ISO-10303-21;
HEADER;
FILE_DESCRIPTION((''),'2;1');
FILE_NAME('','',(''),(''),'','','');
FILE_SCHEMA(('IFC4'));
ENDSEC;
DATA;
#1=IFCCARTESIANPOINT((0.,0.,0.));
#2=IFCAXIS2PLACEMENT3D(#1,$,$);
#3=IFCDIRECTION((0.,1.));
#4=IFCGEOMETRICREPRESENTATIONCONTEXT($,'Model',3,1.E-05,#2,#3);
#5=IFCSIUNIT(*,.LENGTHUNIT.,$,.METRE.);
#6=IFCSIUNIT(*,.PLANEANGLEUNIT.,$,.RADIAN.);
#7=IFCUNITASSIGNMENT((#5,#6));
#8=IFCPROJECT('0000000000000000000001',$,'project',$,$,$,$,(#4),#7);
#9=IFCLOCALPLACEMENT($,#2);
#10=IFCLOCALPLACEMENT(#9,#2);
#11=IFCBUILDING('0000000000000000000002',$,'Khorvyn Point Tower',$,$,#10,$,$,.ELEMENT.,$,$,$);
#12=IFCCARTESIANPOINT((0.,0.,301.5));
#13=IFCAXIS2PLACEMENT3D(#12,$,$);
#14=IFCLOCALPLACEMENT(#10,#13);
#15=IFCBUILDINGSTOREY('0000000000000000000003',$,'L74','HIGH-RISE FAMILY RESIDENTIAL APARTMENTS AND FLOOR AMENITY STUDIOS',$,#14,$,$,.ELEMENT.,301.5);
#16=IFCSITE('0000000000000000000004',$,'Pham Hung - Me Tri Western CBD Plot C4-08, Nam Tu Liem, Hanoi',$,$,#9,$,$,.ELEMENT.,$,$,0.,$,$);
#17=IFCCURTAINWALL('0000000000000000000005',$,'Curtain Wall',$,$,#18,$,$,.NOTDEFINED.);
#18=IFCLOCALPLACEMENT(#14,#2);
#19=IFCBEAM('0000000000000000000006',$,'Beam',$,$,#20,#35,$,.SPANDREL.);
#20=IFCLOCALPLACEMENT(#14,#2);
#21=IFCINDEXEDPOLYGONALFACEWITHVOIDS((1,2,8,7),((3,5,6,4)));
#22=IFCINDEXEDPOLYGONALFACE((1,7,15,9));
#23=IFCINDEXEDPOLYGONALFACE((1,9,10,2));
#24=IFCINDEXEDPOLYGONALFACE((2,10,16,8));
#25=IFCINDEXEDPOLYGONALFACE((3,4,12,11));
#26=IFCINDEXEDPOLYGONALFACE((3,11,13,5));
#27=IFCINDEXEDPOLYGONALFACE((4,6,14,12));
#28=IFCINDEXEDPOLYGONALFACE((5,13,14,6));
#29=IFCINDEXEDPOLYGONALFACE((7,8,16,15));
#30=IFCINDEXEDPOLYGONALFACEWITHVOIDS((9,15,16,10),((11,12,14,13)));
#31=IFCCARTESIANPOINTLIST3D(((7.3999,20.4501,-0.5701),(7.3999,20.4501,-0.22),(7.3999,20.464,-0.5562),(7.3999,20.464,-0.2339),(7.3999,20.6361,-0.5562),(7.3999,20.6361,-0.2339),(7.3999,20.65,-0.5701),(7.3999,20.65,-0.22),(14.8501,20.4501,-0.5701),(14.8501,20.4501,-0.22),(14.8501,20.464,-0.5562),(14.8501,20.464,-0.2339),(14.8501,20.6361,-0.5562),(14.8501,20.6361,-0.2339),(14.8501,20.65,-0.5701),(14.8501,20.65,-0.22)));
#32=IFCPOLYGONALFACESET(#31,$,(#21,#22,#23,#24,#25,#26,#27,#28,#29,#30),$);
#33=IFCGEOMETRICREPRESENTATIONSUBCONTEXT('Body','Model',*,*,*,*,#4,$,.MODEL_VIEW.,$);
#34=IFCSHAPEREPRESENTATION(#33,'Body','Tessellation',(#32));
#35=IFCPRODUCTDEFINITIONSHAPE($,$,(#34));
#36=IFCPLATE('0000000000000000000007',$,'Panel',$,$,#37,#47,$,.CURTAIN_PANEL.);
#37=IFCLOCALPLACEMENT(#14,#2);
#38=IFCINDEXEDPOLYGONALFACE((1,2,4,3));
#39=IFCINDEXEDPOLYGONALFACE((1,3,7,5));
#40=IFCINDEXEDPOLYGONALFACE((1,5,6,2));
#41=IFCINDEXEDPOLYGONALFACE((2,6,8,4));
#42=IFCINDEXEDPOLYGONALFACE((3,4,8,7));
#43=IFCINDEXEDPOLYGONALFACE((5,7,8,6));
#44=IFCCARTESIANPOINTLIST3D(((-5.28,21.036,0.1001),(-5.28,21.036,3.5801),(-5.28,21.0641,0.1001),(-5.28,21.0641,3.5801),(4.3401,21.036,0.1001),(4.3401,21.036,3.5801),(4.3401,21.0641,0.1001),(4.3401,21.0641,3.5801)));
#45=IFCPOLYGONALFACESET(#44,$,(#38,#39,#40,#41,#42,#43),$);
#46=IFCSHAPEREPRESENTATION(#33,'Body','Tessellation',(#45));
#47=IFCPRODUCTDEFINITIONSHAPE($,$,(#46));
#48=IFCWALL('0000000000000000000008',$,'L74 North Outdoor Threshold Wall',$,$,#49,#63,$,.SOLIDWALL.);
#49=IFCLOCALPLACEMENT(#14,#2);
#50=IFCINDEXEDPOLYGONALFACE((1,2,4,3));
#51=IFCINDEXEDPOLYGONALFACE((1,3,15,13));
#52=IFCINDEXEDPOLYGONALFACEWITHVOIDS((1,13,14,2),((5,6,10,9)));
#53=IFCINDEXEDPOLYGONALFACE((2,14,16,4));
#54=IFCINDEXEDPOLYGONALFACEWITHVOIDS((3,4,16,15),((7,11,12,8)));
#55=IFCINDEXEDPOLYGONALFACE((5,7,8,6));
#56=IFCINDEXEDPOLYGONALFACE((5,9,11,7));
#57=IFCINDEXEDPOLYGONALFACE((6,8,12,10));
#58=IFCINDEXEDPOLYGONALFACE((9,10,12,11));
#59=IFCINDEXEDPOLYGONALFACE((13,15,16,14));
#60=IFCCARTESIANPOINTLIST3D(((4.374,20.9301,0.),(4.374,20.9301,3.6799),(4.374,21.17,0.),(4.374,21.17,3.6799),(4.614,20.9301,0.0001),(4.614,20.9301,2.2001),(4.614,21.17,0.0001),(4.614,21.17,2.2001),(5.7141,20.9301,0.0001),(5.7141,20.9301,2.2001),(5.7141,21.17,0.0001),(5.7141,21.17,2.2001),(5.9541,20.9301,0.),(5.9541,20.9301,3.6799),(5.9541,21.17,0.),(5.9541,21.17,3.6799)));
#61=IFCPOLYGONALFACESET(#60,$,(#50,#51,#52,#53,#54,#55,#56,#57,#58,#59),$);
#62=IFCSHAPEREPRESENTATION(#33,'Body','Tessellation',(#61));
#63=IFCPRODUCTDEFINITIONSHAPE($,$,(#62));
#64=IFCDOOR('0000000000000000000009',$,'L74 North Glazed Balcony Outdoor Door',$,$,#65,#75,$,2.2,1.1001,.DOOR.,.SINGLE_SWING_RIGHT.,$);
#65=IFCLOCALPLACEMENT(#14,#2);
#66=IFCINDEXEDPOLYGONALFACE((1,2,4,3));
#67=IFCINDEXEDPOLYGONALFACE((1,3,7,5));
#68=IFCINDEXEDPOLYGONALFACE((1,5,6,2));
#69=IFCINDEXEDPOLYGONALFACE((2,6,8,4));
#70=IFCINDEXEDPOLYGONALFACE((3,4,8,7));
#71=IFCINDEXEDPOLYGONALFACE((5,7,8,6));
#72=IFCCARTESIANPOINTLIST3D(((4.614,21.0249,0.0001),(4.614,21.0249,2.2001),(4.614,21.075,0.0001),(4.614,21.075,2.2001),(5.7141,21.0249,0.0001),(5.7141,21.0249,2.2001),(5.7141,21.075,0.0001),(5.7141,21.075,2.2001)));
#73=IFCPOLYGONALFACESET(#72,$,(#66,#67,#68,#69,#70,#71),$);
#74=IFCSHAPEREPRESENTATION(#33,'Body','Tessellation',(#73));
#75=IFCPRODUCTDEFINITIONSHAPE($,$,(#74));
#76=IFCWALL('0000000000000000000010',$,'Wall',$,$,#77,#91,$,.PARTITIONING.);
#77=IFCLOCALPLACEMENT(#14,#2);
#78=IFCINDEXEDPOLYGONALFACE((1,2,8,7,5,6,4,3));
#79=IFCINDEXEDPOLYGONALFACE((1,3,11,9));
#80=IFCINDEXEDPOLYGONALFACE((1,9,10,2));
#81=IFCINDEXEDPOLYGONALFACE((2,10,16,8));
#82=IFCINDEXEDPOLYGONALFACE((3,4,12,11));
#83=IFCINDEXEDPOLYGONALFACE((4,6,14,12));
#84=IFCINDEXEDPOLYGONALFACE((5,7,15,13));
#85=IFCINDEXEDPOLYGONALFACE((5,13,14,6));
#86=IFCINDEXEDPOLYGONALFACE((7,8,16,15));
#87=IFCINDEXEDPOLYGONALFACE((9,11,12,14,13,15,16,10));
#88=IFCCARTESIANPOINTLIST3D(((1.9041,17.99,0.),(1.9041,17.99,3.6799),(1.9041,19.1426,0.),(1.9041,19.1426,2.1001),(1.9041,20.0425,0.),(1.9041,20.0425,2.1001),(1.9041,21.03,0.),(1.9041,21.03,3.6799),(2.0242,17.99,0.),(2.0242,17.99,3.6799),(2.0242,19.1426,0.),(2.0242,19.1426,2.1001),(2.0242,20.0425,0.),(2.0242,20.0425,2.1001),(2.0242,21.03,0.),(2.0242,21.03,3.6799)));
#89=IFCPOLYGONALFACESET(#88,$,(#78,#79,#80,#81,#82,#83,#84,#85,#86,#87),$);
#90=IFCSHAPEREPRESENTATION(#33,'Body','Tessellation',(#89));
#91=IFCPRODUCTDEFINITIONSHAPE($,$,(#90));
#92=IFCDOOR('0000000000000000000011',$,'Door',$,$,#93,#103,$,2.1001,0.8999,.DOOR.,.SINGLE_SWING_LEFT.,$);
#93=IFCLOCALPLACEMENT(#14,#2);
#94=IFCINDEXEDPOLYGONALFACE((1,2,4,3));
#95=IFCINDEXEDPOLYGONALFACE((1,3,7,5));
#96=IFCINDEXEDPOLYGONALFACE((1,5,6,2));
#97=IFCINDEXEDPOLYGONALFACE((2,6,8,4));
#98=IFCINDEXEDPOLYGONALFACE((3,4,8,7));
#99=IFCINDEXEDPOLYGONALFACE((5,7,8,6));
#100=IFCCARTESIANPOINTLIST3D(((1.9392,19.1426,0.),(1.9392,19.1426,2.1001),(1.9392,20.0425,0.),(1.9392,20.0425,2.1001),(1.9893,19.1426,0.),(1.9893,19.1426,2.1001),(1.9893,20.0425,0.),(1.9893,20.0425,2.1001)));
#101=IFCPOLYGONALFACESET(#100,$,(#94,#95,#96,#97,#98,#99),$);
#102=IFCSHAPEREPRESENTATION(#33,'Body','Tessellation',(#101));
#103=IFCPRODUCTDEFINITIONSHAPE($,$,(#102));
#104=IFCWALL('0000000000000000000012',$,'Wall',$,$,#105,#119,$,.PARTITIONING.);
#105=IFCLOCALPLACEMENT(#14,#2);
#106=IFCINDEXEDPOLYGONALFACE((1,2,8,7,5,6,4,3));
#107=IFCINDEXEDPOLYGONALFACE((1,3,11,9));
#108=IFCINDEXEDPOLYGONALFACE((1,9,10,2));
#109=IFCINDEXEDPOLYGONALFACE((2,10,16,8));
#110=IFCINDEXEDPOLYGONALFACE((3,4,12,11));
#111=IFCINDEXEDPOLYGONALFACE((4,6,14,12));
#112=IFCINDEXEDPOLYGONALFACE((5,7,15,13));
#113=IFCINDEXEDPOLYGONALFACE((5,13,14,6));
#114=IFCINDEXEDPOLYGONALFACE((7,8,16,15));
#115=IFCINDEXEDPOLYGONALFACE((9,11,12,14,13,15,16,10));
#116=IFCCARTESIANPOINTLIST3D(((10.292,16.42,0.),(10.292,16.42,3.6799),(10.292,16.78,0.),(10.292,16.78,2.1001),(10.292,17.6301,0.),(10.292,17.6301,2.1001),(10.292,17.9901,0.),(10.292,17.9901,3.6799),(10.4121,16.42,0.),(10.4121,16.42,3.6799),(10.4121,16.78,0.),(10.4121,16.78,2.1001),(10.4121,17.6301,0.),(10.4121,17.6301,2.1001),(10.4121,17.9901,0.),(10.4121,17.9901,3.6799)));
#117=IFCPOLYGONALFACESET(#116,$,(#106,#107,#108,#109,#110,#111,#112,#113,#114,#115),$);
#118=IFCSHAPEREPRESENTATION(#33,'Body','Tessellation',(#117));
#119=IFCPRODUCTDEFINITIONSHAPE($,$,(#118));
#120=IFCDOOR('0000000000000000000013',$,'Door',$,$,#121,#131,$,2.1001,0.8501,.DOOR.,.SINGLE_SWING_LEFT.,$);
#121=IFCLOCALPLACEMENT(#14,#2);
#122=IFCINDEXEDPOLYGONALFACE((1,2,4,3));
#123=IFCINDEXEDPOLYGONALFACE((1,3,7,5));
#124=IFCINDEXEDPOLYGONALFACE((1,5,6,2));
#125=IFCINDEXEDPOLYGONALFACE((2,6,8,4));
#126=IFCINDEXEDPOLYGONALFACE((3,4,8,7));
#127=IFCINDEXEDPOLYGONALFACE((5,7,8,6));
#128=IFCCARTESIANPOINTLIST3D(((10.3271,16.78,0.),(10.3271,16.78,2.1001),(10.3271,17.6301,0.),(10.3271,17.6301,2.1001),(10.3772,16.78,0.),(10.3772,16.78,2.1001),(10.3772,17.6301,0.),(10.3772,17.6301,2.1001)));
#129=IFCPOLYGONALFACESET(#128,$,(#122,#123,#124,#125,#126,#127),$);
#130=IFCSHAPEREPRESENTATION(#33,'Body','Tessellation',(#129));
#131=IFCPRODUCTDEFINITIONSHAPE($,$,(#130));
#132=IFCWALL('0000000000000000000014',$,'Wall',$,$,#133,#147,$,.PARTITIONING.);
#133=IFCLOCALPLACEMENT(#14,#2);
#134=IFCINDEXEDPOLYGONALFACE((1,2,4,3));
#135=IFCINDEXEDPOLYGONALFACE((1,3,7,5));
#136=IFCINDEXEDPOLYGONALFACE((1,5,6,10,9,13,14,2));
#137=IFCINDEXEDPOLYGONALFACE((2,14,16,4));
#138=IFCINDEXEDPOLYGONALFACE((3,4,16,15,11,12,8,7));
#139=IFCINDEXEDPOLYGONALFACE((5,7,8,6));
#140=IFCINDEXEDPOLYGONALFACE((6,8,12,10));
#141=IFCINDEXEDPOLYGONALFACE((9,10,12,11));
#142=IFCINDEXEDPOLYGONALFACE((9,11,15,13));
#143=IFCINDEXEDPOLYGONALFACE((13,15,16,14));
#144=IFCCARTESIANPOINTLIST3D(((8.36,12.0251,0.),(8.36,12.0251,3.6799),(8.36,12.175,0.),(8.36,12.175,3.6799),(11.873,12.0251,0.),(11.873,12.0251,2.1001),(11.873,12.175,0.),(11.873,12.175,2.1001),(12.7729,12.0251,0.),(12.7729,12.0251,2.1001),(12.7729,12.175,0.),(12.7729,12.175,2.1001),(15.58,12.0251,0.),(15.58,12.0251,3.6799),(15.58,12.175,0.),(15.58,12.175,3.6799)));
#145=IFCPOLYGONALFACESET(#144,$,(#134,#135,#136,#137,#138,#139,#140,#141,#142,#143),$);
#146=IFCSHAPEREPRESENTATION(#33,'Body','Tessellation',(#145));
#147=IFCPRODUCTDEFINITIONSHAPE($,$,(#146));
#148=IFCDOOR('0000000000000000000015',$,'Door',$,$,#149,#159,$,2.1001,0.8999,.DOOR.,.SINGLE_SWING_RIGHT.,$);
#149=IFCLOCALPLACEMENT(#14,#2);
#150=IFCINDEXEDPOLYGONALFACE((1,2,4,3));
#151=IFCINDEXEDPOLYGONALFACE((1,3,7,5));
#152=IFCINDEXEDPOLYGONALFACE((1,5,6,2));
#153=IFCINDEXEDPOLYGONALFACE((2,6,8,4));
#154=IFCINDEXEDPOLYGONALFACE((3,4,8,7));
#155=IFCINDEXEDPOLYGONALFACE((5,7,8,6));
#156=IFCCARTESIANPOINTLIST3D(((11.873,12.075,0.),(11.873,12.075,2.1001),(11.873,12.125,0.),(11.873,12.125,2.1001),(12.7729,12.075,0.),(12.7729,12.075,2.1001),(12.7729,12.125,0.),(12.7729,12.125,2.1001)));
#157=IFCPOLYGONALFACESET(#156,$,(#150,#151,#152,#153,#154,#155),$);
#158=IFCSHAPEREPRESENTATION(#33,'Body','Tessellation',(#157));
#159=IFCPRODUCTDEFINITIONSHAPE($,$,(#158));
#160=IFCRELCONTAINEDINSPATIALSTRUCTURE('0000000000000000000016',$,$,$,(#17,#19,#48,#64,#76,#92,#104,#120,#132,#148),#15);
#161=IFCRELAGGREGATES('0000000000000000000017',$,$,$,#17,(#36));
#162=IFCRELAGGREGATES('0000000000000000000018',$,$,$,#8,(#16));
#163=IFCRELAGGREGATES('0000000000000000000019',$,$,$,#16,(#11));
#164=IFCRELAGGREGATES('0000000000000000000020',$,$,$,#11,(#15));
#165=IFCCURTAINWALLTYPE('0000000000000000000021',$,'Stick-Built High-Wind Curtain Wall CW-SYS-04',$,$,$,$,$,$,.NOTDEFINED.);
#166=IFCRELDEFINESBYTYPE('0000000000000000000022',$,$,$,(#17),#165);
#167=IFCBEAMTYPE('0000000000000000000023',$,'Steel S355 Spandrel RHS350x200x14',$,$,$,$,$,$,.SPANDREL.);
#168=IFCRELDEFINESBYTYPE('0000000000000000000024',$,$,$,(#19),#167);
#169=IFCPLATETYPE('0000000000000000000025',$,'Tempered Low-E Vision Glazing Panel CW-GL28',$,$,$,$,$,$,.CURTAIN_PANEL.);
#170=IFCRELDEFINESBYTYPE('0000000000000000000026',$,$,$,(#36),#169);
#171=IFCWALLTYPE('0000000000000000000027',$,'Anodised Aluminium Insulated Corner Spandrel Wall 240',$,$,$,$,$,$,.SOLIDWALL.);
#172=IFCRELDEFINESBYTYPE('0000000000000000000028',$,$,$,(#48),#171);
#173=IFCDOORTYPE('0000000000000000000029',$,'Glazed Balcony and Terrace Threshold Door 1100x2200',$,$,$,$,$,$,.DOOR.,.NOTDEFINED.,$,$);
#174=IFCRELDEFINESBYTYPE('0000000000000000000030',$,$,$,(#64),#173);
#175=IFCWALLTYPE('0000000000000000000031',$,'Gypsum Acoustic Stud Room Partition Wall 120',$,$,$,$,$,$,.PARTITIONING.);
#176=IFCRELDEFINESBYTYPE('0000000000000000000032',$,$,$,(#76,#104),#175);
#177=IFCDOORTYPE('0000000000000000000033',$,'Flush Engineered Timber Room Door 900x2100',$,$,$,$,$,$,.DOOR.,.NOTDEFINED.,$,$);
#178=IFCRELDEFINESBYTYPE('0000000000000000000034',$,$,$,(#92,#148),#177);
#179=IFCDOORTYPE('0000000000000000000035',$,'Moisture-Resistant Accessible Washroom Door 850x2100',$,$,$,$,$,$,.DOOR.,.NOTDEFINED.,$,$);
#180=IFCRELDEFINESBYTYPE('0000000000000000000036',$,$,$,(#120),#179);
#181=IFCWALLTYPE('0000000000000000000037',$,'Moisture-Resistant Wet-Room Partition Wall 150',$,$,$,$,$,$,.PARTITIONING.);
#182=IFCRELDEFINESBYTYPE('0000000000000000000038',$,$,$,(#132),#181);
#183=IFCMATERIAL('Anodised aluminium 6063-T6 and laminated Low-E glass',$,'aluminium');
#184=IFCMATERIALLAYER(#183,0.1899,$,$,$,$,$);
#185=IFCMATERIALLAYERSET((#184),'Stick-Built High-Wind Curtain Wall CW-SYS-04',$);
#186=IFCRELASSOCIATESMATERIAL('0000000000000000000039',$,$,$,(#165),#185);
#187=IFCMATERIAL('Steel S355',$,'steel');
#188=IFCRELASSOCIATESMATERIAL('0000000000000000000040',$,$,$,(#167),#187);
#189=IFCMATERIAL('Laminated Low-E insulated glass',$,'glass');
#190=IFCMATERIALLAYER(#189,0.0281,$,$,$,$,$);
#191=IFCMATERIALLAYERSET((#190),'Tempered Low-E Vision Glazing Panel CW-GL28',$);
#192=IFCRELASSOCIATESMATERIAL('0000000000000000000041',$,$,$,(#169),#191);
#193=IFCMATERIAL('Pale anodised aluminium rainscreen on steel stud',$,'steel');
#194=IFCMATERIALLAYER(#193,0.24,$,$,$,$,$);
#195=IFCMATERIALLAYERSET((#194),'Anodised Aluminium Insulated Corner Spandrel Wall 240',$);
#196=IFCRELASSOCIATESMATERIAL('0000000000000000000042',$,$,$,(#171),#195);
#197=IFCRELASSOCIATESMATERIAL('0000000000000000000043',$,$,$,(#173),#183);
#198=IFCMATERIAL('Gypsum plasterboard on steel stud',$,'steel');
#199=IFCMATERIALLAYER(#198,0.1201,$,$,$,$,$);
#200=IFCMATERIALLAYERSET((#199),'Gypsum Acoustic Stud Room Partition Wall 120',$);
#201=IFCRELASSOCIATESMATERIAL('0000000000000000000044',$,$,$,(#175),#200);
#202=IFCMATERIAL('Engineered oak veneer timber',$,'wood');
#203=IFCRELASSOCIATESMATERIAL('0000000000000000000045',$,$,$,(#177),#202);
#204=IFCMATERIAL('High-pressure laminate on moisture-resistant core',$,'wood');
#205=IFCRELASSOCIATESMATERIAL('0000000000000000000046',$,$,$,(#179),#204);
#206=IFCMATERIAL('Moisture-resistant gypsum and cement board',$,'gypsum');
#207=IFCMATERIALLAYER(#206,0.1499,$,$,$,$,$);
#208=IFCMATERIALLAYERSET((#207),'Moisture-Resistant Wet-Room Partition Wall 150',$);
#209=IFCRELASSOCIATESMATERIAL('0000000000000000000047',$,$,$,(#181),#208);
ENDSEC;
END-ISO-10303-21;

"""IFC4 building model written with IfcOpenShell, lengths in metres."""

from ifc_helpers import new_model, si_unit, direction, frame, frame_2d, origin, origin_2d, place, context, subcontext, project, spatial, rectangle, hollow_rectangle, extrude, material, layer, layer_set, material_profile, profile_set, type_object, element, fill, aggregate, save


model = new_model("IFC4")

# Units and contexts
model_context = context("Model", 3, precision=1e-05, world=origin(), true_north=direction((0.0, 1.0)))
body_context = subcontext(model_context, "Body", "Model", "MODEL_VIEW")
ifc_project = project(units=[si_unit("LENGTHUNIT", "METRE"), si_unit("PLANEANGLEUNIT", "RADIAN")], contexts=[model_context])

# Site, building, storey
site_placement = place(None, origin())
site = spatial("IfcSite", under=ifc_project, at=site_placement, Name="Pham Hung - Me Tri Western CBD Plot C4-08, Nam Tu Liem, Hanoi", CompositionType="ELEMENT", RefElevation=0.0)
building_placement = place(site_placement, origin())
building = spatial("IfcBuilding", under=site, at=building_placement, Name="Khorvyn Point Tower", CompositionType="ELEMENT")
storey_placement = place(building_placement, frame((0.0, 0.0, 301.5)))
storey = spatial("IfcBuildingStorey", under=building, at=storey_placement, Name="L74", Description="HIGH-RISE FAMILY RESIDENTIAL APARTMENTS AND FLOOR AMENITY STUDIOS", CompositionType="ELEMENT", Elevation=301.5)

# Shared definitions
ifc_material_1 = material(Name="Steel S355", Category="steel")

# Curtain wall
ifc_material_2 = material(Name="Anodised aluminium 6063-T6 and laminated Low-E glass", Category="aluminium")
ifc_layer_1 = layer(ifc_material_2, 0.1899)
ifc_layer_set_1 = layer_set([ifc_layer_1], Name="Stick-Built High-Wind Curtain Wall CW-SYS-04")
curtain_wall_type = type_object("IfcCurtainWallType", Name="Stick-Built High-Wind Curtain Wall CW-SYS-04", PredefinedType="NOTDEFINED", material=ifc_layer_set_1)
curtain_wall_1_placement = place(storey_placement, origin())
curtain_wall_1 = element("IfcCurtainWall", 1, at=curtain_wall_1_placement, inside=storey, type_object=curtain_wall_type, Name="Curtain Wall", PredefinedType="NOTDEFINED")

# Beam
ifc_material_profile_1 = material_profile(ifc_material_1, hollow_rectangle(XDim=0.2, YDim=0.3501, WallThickness=0.0139, at=origin_2d()))
ifc_profile_set_1 = profile_set([ifc_material_profile_1], Name="Steel S355 RHS350x200x14")
beam_type_1 = type_object("IfcBeamType", Name="Steel S355 Spandrel RHS350x200x14", PredefinedType="SPANDREL", material=ifc_profile_set_1)
beam_1_placement = place(storey_placement, frame((7.3999, 20.55, -0.395), z_axis=(1.0, 0.0, 0.0), x_axis=(0.0, 1.0, 0.0)))
element("IfcBeam", 2, at=beam_1_placement, inside=storey, type_object=beam_type_1, Name="Beam", PredefinedType="SPANDREL", context=body_context, shape_type="SweptSolid", body=[
    extrude(hollow_rectangle(XDim=0.2, YDim=0.3501, WallThickness=0.0139, at=origin_2d()), origin(), (0.0, 0.0, 1.0), 7.4502),
])

# Plate
ifc_material_3 = material(Name="Laminated Low-E insulated glass", Category="glass")
ifc_layer_2 = layer(ifc_material_3, 0.0281)
ifc_layer_set_2 = layer_set([ifc_layer_2], Name="Tempered Low-E Vision Glazing Panel CW-GL28")
plate_type = type_object("IfcPlateType", Name="Tempered Low-E Vision Glazing Panel CW-GL28", PredefinedType="CURTAIN_PANEL", material=ifc_layer_set_2)
plate_placement = place(storey_placement, frame((-0.47, 21.05, 0.1001), z_axis=(0.0, 0.0, 1.0), x_axis=(1.0, 0.0, 0.0)))
plate = element("IfcPlate", 3, at=plate_placement, type_object=plate_type, Name="Panel", PredefinedType="CURTAIN_PANEL", context=body_context, shape_type="SweptSolid", body=[
    extrude(rectangle(XDim=9.6201, YDim=0.0281, at=origin_2d()), origin(), (0.0, 0.0, 1.0), 3.48),
])
aggregate(curtain_wall_1, [plate])

# Walls, openings, doors
ifc_material_4 = material(Name="Pale anodised aluminium rainscreen on steel stud", Category="steel")
ifc_layer_3 = layer(ifc_material_4, 0.24)
ifc_layer_set_3 = layer_set([ifc_layer_3], Name="Anodised Aluminium Insulated Corner Spandrel Wall 240")
wall_type_1 = type_object("IfcWallType", Name="Anodised Aluminium Insulated Corner Spandrel Wall 240", PredefinedType="SOLIDWALL", material=ifc_layer_set_3)
wall_1_placement = place(storey_placement, frame((4.374, 21.05, 0.0), z_axis=(0.0, 0.0, 1.0), x_axis=(1.0, 0.0, 0.0)))
wall_1 = element("IfcWall", 4, at=wall_1_placement, inside=storey, type_object=wall_type_1, Name="L74 North Outdoor Threshold Wall", PredefinedType="SOLIDWALL", context=body_context, shape_type="SweptSolid", body=[
    extrude(rectangle(XDim=1.5801, YDim=0.24, at=frame_2d((0.79, 0.0))), origin(), (0.0, 0.0, 1.0), 3.6799),
])
opening_1_placement = place(wall_1_placement, frame((0.24, 0.0, 0.0)))
opening_1 = element("IfcOpeningElement", 5, at=opening_1_placement, cuts=wall_1, PredefinedType="OPENING", context=body_context, shape_type="SweptSolid", body=[
    extrude(rectangle(XDim=1.1001, YDim=2.2, at=frame_2d((0.55, 1.1001))), frame((0.0, 0.1299, 0.0), z_axis=(0.0, -1.0, 0.0), x_axis=(1.0, 0.0, 0.0)), (0.0, 0.0, 1.0), 0.26),
])
door_type_1 = type_object("IfcDoorType", Name="Glazed Balcony and Terrace Threshold Door 1100x2200", OperationType="NOTDEFINED", PredefinedType="DOOR", material=ifc_material_2)
door_1_placement = place(opening_1_placement, origin())
door_1 = element("IfcDoor", 6, at=door_1_placement, inside=storey, type_object=door_type_1, Name="L74 North Glazed Balcony Outdoor Door", OperationType="SINGLE_SWING_RIGHT", OverallHeight=2.2, OverallWidth=1.1001, PredefinedType="DOOR", context=body_context, shape_type="SweptSolid", body=[
    extrude(rectangle(XDim=1.1001, YDim=2.2, at=frame_2d((0.55, 1.1001))), frame((0.0, 0.0249, 0.0), z_axis=(0.0, -1.0, 0.0), x_axis=(1.0, 0.0, 0.0)), (0.0, 0.0, 1.0), 0.05),
])
fill(opening_1, door_1)
ifc_material_5 = material(Name="Gypsum plasterboard on steel stud", Category="steel")
ifc_layer_4 = layer(ifc_material_5, 0.1201)
ifc_layer_set_4 = layer_set([ifc_layer_4], Name="Gypsum Acoustic Stud Room Partition Wall 120")
wall_type_2 = type_object("IfcWallType", Name="Gypsum Acoustic Stud Room Partition Wall 120", PredefinedType="PARTITIONING", material=ifc_layer_set_4)
wall_2_placement = place(storey_placement, frame((1.9641, 17.99, 0.0), z_axis=(0.0, 0.0, 1.0), x_axis=(0.0, 1.0, 0.0)))
wall_2 = element("IfcWall", 7, at=wall_2_placement, inside=storey, type_object=wall_type_2, Name="Wall", PredefinedType="PARTITIONING", context=body_context, shape_type="SweptSolid", body=[
    extrude(rectangle(XDim=3.04, YDim=0.1201, at=frame_2d((1.52, 0.0))), origin(), (0.0, 0.0, 1.0), 3.6799),
])
opening_2_placement = place(wall_2_placement, frame((1.1526, 0.0, 0.0)))
opening_2 = element("IfcOpeningElement", 8, at=opening_2_placement, cuts=wall_2, PredefinedType="OPENING", context=body_context, shape_type="SweptSolid", body=[
    extrude(rectangle(XDim=0.8999, YDim=2.1001, at=frame_2d((0.45, 1.05))), frame((0.0, 0.0701, 0.0), z_axis=(0.0, -1.0, 0.0), x_axis=(1.0, 0.0, 0.0)), (0.0, 0.0, 1.0), 0.1401),
])
ifc_material_6 = material(Name="Engineered oak veneer timber", Category="wood")
door_type_2 = type_object("IfcDoorType", Name="Flush Engineered Timber Room Door 900x2100", OperationType="NOTDEFINED", PredefinedType="DOOR", material=ifc_material_6)
door_2_placement = place(opening_2_placement, origin())
door_2 = element("IfcDoor", 9, at=door_2_placement, inside=storey, type_object=door_type_2, Name="Door", OperationType="SINGLE_SWING_LEFT", OverallHeight=2.1001, OverallWidth=0.8999, PredefinedType="DOOR", context=body_context, shape_type="SweptSolid", body=[
    extrude(rectangle(XDim=0.8999, YDim=2.1001, at=frame_2d((0.45, 1.05))), frame((0.0, 0.0249, 0.0), z_axis=(0.0, -1.0, 0.0), x_axis=(1.0, 0.0, 0.0)), (0.0, 0.0, 1.0), 0.05),
])
fill(opening_2, door_2)
wall_3_placement = place(storey_placement, frame((10.3521, 16.4199, 0.0), z_axis=(0.0, 0.0, 1.0), x_axis=(0.0, 1.0, 0.0)))
wall_3 = element("IfcWall", 10, at=wall_3_placement, inside=storey, type_object=wall_type_2, Name="Wall", PredefinedType="PARTITIONING", context=body_context, shape_type="SweptSolid", body=[
    extrude(rectangle(XDim=1.5701, YDim=0.1201, at=frame_2d((0.7852, 0.0))), origin(), (0.0, 0.0, 1.0), 3.6799),
])
opening_3_placement = place(wall_3_placement, frame((0.3601, 0.0, 0.0)))
opening_3 = element("IfcOpeningElement", 11, at=opening_3_placement, cuts=wall_3, PredefinedType="OPENING", context=body_context, shape_type="SweptSolid", body=[
    extrude(rectangle(XDim=0.8501, YDim=2.1001, at=frame_2d((0.425, 1.05))), frame((0.0, 0.0701, 0.0), z_axis=(0.0, -1.0, 0.0), x_axis=(1.0, 0.0, 0.0)), (0.0, 0.0, 1.0), 0.1401),
])
ifc_material_7 = material(Name="High-pressure laminate on moisture-resistant core", Category="wood")
door_type_3 = type_object("IfcDoorType", Name="Moisture-Resistant Accessible Washroom Door 850x2100", OperationType="NOTDEFINED", PredefinedType="DOOR", material=ifc_material_7)
door_3_placement = place(opening_3_placement, origin())
door_3 = element("IfcDoor", 12, at=door_3_placement, inside=storey, type_object=door_type_3, Name="Door", OperationType="SINGLE_SWING_LEFT", OverallHeight=2.1001, OverallWidth=0.8501, PredefinedType="DOOR", context=body_context, shape_type="SweptSolid", body=[
    extrude(rectangle(XDim=0.8501, YDim=2.1001, at=frame_2d((0.425, 1.05))), frame((0.0, 0.0249, 0.0), z_axis=(0.0, -1.0, 0.0), x_axis=(1.0, 0.0, 0.0)), (0.0, 0.0, 1.0), 0.05),
])
fill(opening_3, door_3)
ifc_material_8 = material(Name="Moisture-resistant gypsum and cement board", Category="gypsum")
ifc_layer_5 = layer(ifc_material_8, 0.1499)
ifc_layer_set_5 = layer_set([ifc_layer_5], Name="Moisture-Resistant Wet-Room Partition Wall 150")
wall_type_3 = type_object("IfcWallType", Name="Moisture-Resistant Wet-Room Partition Wall 150", PredefinedType="PARTITIONING", material=ifc_layer_set_5)
wall_4_placement = place(storey_placement, frame((8.3601, 12.1001, 0.0), z_axis=(0.0, 0.0, 1.0), x_axis=(1.0, 0.0, 0.0)))
wall_4 = element("IfcWall", 13, at=wall_4_placement, inside=storey, type_object=wall_type_3, Name="Wall", PredefinedType="PARTITIONING", context=body_context, shape_type="SweptSolid", body=[
    extrude(rectangle(XDim=7.22, YDim=0.1499, at=frame_2d((3.6099, 0.0))), origin(), (0.0, 0.0, 1.0), 3.6799),
])
opening_4_placement = place(wall_4_placement, frame((3.5129, 0.0, 0.0)))
opening_4 = element("IfcOpeningElement", 14, at=opening_4_placement, cuts=wall_4, PredefinedType="OPENING", context=body_context, shape_type="SweptSolid", body=[
    extrude(rectangle(XDim=0.8999, YDim=2.1001, at=frame_2d((0.45, 1.05))), frame((0.0, 0.085, 0.0), z_axis=(0.0, -1.0, 0.0), x_axis=(1.0, 0.0, 0.0)), (0.0, 0.0, 1.0), 0.1699),
])
door_4_placement = place(opening_4_placement, origin())
door_4 = element("IfcDoor", 15, at=door_4_placement, inside=storey, type_object=door_type_2, Name="Door", OperationType="SINGLE_SWING_RIGHT", OverallHeight=2.1001, OverallWidth=0.8999, PredefinedType="DOOR", context=body_context, shape_type="SweptSolid", body=[
    extrude(rectangle(XDim=0.8999, YDim=2.1001, at=frame_2d((0.45, 1.05))), frame((0.0, 0.0249, 0.0), z_axis=(0.0, -1.0, 0.0), x_axis=(1.0, 0.0, 0.0)), (0.0, 0.0, 1.0), 0.05),
])
fill(opening_4, door_4)

save(model, "model.ifc")
